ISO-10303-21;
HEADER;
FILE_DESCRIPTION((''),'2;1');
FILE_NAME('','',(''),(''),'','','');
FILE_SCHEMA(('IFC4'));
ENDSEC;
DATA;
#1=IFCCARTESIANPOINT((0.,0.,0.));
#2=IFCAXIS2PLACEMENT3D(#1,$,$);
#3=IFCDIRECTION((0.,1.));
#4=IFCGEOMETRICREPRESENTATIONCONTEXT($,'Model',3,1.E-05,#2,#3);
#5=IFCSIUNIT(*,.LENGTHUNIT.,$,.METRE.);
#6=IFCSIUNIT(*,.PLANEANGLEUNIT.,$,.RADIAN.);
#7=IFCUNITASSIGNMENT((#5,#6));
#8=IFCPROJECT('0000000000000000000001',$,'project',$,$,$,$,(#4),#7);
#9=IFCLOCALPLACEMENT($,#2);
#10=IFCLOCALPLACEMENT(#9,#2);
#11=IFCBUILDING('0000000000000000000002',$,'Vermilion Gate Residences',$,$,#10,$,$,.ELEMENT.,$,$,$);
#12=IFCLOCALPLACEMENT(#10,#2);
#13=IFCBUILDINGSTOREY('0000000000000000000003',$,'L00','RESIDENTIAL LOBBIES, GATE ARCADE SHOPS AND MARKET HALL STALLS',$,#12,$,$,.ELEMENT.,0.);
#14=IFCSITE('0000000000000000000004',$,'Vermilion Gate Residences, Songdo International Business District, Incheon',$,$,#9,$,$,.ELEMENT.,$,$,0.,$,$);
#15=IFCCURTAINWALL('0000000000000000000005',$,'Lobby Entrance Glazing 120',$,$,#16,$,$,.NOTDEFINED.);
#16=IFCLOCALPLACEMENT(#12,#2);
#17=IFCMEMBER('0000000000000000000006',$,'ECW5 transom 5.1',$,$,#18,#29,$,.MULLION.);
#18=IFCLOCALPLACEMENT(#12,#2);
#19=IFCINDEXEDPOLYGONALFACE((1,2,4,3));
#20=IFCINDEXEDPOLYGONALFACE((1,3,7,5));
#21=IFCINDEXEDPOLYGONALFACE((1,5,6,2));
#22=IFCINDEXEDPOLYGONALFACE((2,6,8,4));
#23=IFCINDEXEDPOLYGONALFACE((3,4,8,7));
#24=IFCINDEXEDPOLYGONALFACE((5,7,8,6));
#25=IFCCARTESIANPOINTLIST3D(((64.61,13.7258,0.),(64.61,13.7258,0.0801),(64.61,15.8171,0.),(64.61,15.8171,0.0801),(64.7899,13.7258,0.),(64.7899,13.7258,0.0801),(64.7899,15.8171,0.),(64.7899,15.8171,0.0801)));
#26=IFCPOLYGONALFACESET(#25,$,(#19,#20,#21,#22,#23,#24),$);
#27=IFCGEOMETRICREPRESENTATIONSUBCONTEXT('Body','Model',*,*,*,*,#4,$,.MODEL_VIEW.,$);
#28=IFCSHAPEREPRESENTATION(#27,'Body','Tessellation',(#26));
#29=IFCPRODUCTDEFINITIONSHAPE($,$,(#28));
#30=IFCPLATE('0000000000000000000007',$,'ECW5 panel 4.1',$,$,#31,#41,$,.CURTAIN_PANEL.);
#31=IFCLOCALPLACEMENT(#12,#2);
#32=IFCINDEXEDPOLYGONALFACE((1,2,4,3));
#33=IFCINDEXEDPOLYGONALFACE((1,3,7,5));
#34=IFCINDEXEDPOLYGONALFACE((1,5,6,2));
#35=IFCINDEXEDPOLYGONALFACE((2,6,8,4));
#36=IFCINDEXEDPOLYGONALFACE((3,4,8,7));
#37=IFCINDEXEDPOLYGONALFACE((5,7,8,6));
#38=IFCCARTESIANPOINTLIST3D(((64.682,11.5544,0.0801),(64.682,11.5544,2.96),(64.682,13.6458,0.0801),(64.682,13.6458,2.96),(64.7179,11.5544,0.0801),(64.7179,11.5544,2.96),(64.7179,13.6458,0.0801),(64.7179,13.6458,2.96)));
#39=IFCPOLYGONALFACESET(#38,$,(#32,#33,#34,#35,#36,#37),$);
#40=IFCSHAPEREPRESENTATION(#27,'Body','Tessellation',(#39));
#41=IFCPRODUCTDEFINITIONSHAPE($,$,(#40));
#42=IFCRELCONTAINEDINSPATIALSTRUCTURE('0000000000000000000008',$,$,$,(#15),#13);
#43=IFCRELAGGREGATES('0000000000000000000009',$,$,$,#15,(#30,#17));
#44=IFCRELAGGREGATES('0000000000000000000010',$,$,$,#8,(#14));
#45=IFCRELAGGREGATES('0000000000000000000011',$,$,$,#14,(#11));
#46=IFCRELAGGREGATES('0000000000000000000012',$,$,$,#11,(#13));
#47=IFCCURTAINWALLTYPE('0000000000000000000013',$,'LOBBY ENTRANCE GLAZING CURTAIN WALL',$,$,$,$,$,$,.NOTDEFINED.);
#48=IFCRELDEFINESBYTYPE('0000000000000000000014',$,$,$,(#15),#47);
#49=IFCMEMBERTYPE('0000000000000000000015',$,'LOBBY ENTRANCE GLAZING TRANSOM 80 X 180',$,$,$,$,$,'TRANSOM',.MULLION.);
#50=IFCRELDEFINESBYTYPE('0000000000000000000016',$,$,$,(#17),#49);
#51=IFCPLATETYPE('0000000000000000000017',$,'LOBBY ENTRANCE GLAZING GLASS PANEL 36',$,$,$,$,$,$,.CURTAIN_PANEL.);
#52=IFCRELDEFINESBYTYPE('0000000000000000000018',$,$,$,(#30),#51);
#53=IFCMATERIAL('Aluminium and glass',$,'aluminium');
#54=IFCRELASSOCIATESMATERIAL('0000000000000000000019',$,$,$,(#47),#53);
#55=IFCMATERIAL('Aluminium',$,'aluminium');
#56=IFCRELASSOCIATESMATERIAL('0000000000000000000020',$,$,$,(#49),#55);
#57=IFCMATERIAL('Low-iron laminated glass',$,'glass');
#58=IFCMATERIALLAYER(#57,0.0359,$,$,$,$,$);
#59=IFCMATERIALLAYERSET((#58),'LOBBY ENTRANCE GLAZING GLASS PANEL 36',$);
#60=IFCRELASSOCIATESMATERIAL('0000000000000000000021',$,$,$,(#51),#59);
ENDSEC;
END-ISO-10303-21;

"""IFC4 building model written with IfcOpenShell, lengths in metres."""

from ifc_helpers import new_model, si_unit, direction, frame, origin, origin_2d, place, context, subcontext, project, spatial, rectangle, extrude, material, layer, layer_set, material_profile, profile_set, type_object, element, aggregate, save


model = new_model("IFC4")

# Units and contexts
model_context = context("Model", 3, precision=1e-05, world=origin(), true_north=direction((0.0, 1.0)))
body_context = subcontext(model_context, "Body", "Model", "MODEL_VIEW")
ifc_project = project(units=[si_unit("LENGTHUNIT", "METRE"), si_unit("PLANEANGLEUNIT", "RADIAN")], contexts=[model_context])

# Site, building, storey
site_placement = place(None, origin())
site = spatial("IfcSite", under=ifc_project, at=site_placement, Name="Vermilion Gate Residences, Songdo International Business District, Incheon", CompositionType="ELEMENT", RefElevation=0.0)
building_placement = place(site_placement, origin())
building = spatial("IfcBuilding", under=site, at=building_placement, Name="Vermilion Gate Residences", CompositionType="ELEMENT")
storey_placement = place(building_placement, origin())
storey = spatial("IfcBuildingStorey", under=building, at=storey_placement, Name="L00", Description="RESIDENTIAL LOBBIES, GATE ARCADE SHOPS AND MARKET HALL STALLS", CompositionType="ELEMENT", Elevation=0.0)

# Curtain wall, member, plate
ifc_material_1 = material(Name="Aluminium and glass", Category="aluminium")
curtain_wall_type = type_object("IfcCurtainWallType", Name="LOBBY ENTRANCE GLAZING CURTAIN WALL", PredefinedType="NOTDEFINED", material=ifc_material_1)
curtain_wall_placement = place(storey_placement, origin())
curtain_wall = element("IfcCurtainWall", 1, at=curtain_wall_placement, inside=storey, type_object=curtain_wall_type, Name="Lobby Entrance Glazing 120", PredefinedType="NOTDEFINED")
ifc_material_2 = material(Name="Aluminium", Category="aluminium")
ifc_material_profile = material_profile(ifc_material_2, rectangle(XDim=0.1799, YDim=0.0801, at=origin_2d()), Name="TRANSOM 80 X 180")
ifc_profile_set = profile_set([ifc_material_profile], Name="Aluminium")
member_type = type_object("IfcMemberType", Name="LOBBY ENTRANCE GLAZING TRANSOM 80 X 180", ElementType="TRANSOM", PredefinedType="MULLION", material=ifc_profile_set)
member_placement = place(storey_placement, frame((64.7, 13.7258, 0.04), z_axis=(0.0, 1.0, 0.0), x_axis=(-1.0, 0.0, 0.0)))
member = element("IfcMember", 2, at=member_placement, type_object=member_type, Name="ECW5 transom 5.1", PredefinedType="MULLION", context=body_context, shape_type="SweptSolid", body=[
    extrude(rectangle(XDim=0.1799, YDim=0.0801, at=origin_2d()), origin(), (0.0, 0.0, 1.0), 2.0913),
])
ifc_material_3 = material(Name="Low-iron laminated glass", Category="glass")
ifc_layer = layer(ifc_material_3, 0.0359)
ifc_layer_set = layer_set([ifc_layer], Name="LOBBY ENTRANCE GLAZING GLASS PANEL 36")
plate_type = type_object("IfcPlateType", Name="LOBBY ENTRANCE GLAZING GLASS PANEL 36", PredefinedType="CURTAIN_PANEL", material=ifc_layer_set)
plate_placement = place(storey_placement, frame((64.7, 12.6001, 0.0801), z_axis=(0.0, 0.0, 1.0), x_axis=(0.0, 1.0, 0.0)))
plate = element("IfcPlate", 3, at=plate_placement, type_object=plate_type, Name="ECW5 panel 4.1", PredefinedType="CURTAIN_PANEL", context=body_context, shape_type="SweptSolid", body=[
    extrude(rectangle(XDim=2.0913, YDim=0.0359, at=origin_2d()), origin(), (0.0, 0.0, 1.0), 2.8799),
])
aggregate(curtain_wall, [plate, member])

save(model, "model.ifc")
